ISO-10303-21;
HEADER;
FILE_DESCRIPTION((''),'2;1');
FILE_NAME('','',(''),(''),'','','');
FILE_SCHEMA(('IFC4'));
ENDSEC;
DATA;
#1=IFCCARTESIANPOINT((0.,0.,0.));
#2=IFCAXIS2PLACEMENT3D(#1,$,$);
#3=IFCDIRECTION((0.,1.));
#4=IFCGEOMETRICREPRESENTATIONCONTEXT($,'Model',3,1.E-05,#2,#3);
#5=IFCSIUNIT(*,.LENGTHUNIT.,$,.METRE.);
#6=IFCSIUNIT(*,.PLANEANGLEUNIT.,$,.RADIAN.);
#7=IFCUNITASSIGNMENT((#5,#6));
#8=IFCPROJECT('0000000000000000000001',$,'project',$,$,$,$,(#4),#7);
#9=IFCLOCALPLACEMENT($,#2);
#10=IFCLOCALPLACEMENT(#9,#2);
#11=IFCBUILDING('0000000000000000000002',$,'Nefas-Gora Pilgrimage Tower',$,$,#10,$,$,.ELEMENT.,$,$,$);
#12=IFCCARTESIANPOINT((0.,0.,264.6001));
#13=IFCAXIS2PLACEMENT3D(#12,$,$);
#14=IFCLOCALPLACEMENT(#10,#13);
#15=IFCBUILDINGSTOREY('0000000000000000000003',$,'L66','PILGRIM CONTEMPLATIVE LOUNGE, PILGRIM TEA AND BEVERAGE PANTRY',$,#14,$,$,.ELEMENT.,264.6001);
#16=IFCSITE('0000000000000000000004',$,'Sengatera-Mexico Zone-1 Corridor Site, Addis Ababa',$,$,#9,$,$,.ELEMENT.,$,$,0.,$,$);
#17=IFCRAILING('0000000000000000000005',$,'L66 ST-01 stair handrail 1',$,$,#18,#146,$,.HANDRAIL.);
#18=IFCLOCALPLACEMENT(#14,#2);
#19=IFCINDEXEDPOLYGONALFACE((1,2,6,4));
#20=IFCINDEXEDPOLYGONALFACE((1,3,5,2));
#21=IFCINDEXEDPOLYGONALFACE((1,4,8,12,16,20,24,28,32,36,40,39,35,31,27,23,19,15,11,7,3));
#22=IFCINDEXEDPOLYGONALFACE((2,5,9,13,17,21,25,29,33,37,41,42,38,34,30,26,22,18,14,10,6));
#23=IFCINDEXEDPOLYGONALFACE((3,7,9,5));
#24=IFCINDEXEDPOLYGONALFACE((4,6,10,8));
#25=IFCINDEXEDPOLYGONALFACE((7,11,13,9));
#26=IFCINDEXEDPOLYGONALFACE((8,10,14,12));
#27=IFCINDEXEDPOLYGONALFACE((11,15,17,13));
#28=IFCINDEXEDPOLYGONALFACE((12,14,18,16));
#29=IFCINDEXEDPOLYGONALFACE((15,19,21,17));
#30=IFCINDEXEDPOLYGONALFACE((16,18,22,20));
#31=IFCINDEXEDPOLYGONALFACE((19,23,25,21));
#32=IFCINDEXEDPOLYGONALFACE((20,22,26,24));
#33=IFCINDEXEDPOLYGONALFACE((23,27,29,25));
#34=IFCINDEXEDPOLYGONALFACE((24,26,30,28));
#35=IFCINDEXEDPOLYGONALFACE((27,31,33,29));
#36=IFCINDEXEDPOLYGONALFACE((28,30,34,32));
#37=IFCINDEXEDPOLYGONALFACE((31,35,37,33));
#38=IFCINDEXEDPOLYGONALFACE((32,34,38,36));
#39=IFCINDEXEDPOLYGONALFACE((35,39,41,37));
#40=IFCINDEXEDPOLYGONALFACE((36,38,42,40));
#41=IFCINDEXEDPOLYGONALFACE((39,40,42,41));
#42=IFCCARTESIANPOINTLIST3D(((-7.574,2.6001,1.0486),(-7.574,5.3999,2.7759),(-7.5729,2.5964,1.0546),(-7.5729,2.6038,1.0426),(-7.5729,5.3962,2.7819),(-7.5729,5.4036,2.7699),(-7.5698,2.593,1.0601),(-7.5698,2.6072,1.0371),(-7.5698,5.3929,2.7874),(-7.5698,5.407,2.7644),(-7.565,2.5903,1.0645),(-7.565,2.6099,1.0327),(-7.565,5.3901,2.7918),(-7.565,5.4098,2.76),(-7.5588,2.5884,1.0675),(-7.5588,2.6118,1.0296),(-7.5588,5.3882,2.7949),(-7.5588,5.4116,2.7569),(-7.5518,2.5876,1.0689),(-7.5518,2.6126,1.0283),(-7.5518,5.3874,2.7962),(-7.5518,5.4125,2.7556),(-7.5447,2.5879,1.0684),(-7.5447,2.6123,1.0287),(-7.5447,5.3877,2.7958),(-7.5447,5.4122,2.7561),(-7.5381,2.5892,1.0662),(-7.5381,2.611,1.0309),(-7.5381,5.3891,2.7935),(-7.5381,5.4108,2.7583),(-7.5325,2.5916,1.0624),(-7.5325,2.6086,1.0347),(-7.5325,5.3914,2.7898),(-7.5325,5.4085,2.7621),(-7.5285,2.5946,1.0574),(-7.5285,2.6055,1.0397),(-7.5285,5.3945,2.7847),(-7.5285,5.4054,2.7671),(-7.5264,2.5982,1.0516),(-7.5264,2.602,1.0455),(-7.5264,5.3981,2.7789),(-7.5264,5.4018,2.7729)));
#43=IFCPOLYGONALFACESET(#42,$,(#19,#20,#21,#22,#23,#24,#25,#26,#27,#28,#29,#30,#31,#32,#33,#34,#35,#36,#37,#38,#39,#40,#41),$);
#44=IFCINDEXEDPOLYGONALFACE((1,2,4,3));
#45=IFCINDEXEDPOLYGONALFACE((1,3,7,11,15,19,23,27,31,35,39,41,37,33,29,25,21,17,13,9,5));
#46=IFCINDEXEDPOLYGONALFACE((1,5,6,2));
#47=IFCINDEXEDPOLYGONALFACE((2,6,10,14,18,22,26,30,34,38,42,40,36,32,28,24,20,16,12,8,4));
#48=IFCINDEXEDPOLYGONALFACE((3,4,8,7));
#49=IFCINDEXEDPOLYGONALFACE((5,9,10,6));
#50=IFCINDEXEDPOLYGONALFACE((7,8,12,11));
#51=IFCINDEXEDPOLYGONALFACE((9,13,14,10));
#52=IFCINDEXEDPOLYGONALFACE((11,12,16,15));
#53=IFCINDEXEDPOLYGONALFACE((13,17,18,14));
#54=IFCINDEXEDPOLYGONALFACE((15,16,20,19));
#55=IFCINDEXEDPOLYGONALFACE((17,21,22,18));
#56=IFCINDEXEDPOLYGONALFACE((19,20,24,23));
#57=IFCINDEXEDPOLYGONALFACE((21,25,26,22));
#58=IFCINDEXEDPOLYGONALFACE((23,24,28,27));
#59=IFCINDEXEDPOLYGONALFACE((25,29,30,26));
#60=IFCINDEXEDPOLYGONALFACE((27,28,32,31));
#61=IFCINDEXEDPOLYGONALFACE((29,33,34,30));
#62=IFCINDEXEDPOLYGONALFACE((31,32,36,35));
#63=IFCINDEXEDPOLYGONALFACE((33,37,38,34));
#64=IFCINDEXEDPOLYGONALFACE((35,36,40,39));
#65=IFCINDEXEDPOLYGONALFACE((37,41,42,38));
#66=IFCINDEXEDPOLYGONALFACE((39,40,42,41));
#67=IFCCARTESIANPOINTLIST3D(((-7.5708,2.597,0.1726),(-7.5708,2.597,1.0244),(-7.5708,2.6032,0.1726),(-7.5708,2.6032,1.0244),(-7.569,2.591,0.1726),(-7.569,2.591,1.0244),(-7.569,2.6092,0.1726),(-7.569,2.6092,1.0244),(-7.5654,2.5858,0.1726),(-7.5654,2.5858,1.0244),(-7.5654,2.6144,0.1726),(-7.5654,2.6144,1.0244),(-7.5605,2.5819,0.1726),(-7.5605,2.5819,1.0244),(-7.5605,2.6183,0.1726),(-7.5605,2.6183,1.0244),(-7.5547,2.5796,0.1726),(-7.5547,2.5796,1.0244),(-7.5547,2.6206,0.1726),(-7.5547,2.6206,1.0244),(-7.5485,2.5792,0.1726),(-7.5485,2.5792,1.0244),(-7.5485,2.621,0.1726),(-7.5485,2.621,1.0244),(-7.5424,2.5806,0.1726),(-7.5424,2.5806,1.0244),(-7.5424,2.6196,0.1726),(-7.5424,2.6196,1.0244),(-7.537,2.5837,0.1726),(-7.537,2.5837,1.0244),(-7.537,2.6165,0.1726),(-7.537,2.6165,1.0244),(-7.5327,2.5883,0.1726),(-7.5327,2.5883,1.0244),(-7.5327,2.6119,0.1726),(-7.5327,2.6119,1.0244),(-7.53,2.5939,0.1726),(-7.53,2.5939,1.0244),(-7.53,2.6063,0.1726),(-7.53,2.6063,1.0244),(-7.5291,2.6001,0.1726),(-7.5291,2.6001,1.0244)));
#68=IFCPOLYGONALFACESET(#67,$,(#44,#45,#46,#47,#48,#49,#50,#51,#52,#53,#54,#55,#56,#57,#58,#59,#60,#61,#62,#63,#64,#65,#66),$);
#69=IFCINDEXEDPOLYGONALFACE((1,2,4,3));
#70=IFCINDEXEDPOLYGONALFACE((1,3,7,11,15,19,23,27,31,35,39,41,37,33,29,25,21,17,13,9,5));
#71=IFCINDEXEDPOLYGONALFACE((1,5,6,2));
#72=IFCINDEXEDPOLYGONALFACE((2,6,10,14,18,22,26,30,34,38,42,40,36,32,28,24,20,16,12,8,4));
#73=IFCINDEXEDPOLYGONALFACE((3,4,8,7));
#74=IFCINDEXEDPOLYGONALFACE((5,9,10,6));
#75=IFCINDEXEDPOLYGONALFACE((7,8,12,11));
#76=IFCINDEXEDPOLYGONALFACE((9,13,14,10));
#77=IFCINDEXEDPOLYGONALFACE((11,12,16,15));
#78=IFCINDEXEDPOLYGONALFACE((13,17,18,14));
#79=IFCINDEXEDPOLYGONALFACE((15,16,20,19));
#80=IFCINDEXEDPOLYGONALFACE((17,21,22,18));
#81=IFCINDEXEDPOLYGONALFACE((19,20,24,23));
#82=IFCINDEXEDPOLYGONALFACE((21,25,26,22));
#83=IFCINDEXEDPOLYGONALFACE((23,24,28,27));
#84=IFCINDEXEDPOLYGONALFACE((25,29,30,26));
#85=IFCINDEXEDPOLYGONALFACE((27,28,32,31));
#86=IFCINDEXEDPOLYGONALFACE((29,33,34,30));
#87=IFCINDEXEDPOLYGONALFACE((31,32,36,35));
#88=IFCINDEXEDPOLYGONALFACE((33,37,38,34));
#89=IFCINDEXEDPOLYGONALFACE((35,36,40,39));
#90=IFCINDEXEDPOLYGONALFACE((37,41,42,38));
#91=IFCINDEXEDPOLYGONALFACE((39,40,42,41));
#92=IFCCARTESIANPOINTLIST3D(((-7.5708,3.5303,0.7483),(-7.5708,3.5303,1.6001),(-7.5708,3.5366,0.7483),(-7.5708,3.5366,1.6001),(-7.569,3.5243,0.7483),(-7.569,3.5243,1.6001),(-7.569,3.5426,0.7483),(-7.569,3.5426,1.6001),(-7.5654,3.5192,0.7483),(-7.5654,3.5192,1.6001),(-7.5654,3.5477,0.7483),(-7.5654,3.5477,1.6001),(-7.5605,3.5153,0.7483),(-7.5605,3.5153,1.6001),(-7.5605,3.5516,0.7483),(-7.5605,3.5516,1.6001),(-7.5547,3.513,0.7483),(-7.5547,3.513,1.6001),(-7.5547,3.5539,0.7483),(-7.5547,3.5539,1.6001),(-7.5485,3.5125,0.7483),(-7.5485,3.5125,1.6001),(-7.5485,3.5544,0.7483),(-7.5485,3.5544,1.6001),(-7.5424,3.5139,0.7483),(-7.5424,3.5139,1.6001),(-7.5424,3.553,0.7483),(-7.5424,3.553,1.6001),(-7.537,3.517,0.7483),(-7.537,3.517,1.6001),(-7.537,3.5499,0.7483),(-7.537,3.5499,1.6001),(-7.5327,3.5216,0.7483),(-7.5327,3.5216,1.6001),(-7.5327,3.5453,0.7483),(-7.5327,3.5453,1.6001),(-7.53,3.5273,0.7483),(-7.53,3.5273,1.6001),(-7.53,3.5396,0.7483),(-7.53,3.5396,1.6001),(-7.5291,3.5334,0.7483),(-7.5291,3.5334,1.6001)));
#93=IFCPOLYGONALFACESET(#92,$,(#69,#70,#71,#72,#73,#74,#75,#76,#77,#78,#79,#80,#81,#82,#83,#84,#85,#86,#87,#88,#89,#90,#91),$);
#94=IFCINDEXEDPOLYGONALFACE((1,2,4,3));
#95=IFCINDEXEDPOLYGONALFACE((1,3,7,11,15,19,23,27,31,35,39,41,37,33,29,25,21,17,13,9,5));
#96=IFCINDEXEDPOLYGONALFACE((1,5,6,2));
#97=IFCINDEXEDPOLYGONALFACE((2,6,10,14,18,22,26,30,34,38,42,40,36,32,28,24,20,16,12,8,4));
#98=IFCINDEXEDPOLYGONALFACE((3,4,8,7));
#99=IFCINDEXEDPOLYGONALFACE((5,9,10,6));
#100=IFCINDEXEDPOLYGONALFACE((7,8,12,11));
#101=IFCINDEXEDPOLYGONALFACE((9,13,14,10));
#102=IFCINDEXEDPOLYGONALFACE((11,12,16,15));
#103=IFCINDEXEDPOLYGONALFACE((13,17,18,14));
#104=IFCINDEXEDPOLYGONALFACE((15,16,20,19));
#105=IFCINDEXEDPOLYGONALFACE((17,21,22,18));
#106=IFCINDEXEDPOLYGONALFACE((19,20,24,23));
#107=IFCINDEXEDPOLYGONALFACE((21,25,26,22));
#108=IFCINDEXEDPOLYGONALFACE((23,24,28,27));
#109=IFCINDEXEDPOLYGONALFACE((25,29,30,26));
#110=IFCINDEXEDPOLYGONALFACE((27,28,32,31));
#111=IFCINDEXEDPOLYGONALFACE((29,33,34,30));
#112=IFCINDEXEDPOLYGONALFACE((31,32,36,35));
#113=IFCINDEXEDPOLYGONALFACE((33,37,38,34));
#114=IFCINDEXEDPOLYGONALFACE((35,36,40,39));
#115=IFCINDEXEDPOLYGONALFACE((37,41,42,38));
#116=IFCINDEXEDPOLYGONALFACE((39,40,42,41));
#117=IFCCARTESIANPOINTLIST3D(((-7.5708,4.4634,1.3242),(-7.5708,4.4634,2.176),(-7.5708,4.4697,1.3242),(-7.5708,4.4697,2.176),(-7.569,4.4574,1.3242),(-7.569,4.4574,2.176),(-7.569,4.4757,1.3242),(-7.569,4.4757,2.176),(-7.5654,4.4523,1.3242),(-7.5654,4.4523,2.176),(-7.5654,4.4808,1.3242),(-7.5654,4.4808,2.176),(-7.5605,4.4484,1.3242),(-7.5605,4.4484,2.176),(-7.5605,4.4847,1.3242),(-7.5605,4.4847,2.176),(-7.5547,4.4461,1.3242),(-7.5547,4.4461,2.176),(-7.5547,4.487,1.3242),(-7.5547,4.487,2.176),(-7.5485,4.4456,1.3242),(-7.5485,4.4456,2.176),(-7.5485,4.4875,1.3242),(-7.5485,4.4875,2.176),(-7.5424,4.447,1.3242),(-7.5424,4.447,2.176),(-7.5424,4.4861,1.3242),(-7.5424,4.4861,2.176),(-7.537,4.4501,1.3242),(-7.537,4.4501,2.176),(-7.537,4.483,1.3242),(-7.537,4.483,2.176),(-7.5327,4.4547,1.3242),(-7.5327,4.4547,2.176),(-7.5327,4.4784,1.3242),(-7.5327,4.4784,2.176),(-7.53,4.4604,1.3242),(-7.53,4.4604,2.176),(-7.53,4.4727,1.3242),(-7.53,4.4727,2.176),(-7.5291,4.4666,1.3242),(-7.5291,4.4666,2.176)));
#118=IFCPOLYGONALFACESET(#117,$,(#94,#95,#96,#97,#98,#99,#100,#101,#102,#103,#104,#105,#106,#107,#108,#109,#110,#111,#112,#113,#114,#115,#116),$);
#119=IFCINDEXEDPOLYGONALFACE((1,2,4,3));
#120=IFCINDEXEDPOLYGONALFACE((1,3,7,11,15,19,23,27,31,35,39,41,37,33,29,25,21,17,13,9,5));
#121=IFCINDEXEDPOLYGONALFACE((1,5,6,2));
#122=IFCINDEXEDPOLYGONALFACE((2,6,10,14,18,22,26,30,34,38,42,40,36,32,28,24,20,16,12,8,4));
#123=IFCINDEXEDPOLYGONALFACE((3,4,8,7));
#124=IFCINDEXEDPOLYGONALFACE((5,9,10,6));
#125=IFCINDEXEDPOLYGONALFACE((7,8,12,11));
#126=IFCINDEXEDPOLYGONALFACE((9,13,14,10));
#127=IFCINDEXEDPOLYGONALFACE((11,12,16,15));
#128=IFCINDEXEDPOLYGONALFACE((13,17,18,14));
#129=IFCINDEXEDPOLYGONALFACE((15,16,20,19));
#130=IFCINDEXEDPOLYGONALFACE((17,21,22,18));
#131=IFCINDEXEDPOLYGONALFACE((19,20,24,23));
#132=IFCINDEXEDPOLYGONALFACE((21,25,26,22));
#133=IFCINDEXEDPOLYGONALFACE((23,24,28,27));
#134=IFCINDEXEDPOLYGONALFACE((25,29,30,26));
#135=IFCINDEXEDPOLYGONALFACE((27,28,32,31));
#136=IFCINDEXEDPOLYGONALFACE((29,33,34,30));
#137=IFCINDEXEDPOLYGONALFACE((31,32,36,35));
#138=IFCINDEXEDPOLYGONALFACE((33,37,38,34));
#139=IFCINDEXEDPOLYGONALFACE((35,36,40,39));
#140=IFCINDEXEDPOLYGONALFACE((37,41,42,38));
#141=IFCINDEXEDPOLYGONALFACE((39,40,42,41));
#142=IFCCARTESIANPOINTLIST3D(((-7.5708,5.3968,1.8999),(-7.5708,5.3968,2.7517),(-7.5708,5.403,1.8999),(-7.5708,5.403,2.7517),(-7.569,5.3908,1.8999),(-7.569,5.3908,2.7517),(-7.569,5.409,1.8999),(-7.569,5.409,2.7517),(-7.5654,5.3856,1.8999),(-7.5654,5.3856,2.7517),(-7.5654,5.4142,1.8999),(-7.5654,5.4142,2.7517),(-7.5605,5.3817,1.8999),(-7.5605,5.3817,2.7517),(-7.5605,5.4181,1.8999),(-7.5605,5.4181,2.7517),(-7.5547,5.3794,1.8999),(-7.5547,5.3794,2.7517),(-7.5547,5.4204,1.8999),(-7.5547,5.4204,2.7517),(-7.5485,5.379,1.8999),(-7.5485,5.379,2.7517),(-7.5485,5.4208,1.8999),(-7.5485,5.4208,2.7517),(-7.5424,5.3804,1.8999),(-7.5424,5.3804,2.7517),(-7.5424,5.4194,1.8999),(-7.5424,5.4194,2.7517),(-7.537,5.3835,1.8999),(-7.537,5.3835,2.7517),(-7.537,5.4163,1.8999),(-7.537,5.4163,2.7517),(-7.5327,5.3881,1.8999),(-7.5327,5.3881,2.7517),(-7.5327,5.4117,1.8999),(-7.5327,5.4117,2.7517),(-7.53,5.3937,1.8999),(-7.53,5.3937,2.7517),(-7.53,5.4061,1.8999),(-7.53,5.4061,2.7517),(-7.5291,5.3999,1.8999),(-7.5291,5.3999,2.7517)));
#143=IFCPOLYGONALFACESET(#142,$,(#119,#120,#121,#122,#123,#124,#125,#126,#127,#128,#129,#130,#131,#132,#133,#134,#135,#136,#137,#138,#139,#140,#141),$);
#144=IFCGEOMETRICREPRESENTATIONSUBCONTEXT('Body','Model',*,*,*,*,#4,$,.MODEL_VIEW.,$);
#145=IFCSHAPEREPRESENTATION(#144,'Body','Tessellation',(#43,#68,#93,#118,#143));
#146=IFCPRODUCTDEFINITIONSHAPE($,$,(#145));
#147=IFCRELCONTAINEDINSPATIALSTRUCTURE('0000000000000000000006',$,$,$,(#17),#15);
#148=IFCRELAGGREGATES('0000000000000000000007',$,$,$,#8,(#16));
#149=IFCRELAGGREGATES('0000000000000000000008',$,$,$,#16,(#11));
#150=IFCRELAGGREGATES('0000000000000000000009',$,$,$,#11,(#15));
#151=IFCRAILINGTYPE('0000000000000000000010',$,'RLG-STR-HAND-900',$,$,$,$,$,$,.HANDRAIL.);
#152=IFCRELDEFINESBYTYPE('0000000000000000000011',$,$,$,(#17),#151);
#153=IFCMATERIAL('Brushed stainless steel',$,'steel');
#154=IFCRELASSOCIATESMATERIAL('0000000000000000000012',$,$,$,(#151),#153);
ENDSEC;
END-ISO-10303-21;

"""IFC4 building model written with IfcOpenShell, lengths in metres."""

from ifc_helpers import new_model, si_unit, direction, frame, origin, origin_2d, place, context, subcontext, project, spatial, circle, extrude, material, type_object, element, save


model = new_model("IFC4")

# Units and contexts
model_context = context("Model", 3, precision=1e-05, world=origin(), true_north=direction((0.0, 1.0)))
body_context = subcontext(model_context, "Body", "Model", "MODEL_VIEW")
ifc_project = project(units=[si_unit("LENGTHUNIT", "METRE"), si_unit("PLANEANGLEUNIT", "RADIAN")], contexts=[model_context])

# Site, building, storey
site_placement = place(None, origin())
site = spatial("IfcSite", under=ifc_project, at=site_placement, Name="Sengatera-Mexico Zone-1 Corridor Site, Addis Ababa", CompositionType="ELEMENT", RefElevation=0.0)
building_placement = place(site_placement, origin())
building = spatial("IfcBuilding", under=site, at=building_placement, Name="Nefas-Gora Pilgrimage Tower", CompositionType="ELEMENT")
storey_placement = place(building_placement, frame((0.0, 0.0, 264.6001)))
storey = spatial("IfcBuildingStorey", under=building, at=storey_placement, Name="L66", Description="PILGRIM CONTEMPLATIVE LOUNGE, PILGRIM TEA AND BEVERAGE PANTRY", CompositionType="ELEMENT", Elevation=264.6001)

# Railing
ifc_material_1 = material(Name="Brushed stainless steel", Category="steel")
railing_type_1 = type_object("IfcRailingType", Name="RLG-STR-HAND-900", PredefinedType="HANDRAIL", material=ifc_material_1)
railing_1_placement = place(storey_placement, frame((-7.55, 2.6001, 0.1726)))
element("IfcRailing", 1, at=railing_1_placement, inside=storey, type_object=railing_type_1, Name="L66 ST-01 stair handrail 1", PredefinedType="HANDRAIL", context=body_context, shape_type="SweptSolid", body=[
    extrude(circle(Radius=0.0239, at=origin_2d()), frame((0.0, 0.0, 0.876), z_axis=(0.0, 0.851069, 0.525054), x_axis=(-1.0, 0.0, 0.0)), (0.0, 0.0, 1.0), 3.2898),
    extrude(circle(Radius=0.021, at=origin_2d()), origin(), (0.0, 0.0, 1.0), 0.8518),
    extrude(circle(Radius=0.021, at=origin_2d()), frame((0.0, 0.9333, 0.5757)), (0.0, 0.0, 1.0), 0.8518),
    extrude(circle(Radius=0.021, at=origin_2d()), frame((0.0, 1.8665, 1.1516)), (0.0, 0.0, 1.0), 0.8518),
    extrude(circle(Radius=0.021, at=origin_2d()), frame((0.0, 2.7998, 1.7273)), (0.0, 0.0, 1.0), 0.8518),
])

save(model, "model.ifc")
